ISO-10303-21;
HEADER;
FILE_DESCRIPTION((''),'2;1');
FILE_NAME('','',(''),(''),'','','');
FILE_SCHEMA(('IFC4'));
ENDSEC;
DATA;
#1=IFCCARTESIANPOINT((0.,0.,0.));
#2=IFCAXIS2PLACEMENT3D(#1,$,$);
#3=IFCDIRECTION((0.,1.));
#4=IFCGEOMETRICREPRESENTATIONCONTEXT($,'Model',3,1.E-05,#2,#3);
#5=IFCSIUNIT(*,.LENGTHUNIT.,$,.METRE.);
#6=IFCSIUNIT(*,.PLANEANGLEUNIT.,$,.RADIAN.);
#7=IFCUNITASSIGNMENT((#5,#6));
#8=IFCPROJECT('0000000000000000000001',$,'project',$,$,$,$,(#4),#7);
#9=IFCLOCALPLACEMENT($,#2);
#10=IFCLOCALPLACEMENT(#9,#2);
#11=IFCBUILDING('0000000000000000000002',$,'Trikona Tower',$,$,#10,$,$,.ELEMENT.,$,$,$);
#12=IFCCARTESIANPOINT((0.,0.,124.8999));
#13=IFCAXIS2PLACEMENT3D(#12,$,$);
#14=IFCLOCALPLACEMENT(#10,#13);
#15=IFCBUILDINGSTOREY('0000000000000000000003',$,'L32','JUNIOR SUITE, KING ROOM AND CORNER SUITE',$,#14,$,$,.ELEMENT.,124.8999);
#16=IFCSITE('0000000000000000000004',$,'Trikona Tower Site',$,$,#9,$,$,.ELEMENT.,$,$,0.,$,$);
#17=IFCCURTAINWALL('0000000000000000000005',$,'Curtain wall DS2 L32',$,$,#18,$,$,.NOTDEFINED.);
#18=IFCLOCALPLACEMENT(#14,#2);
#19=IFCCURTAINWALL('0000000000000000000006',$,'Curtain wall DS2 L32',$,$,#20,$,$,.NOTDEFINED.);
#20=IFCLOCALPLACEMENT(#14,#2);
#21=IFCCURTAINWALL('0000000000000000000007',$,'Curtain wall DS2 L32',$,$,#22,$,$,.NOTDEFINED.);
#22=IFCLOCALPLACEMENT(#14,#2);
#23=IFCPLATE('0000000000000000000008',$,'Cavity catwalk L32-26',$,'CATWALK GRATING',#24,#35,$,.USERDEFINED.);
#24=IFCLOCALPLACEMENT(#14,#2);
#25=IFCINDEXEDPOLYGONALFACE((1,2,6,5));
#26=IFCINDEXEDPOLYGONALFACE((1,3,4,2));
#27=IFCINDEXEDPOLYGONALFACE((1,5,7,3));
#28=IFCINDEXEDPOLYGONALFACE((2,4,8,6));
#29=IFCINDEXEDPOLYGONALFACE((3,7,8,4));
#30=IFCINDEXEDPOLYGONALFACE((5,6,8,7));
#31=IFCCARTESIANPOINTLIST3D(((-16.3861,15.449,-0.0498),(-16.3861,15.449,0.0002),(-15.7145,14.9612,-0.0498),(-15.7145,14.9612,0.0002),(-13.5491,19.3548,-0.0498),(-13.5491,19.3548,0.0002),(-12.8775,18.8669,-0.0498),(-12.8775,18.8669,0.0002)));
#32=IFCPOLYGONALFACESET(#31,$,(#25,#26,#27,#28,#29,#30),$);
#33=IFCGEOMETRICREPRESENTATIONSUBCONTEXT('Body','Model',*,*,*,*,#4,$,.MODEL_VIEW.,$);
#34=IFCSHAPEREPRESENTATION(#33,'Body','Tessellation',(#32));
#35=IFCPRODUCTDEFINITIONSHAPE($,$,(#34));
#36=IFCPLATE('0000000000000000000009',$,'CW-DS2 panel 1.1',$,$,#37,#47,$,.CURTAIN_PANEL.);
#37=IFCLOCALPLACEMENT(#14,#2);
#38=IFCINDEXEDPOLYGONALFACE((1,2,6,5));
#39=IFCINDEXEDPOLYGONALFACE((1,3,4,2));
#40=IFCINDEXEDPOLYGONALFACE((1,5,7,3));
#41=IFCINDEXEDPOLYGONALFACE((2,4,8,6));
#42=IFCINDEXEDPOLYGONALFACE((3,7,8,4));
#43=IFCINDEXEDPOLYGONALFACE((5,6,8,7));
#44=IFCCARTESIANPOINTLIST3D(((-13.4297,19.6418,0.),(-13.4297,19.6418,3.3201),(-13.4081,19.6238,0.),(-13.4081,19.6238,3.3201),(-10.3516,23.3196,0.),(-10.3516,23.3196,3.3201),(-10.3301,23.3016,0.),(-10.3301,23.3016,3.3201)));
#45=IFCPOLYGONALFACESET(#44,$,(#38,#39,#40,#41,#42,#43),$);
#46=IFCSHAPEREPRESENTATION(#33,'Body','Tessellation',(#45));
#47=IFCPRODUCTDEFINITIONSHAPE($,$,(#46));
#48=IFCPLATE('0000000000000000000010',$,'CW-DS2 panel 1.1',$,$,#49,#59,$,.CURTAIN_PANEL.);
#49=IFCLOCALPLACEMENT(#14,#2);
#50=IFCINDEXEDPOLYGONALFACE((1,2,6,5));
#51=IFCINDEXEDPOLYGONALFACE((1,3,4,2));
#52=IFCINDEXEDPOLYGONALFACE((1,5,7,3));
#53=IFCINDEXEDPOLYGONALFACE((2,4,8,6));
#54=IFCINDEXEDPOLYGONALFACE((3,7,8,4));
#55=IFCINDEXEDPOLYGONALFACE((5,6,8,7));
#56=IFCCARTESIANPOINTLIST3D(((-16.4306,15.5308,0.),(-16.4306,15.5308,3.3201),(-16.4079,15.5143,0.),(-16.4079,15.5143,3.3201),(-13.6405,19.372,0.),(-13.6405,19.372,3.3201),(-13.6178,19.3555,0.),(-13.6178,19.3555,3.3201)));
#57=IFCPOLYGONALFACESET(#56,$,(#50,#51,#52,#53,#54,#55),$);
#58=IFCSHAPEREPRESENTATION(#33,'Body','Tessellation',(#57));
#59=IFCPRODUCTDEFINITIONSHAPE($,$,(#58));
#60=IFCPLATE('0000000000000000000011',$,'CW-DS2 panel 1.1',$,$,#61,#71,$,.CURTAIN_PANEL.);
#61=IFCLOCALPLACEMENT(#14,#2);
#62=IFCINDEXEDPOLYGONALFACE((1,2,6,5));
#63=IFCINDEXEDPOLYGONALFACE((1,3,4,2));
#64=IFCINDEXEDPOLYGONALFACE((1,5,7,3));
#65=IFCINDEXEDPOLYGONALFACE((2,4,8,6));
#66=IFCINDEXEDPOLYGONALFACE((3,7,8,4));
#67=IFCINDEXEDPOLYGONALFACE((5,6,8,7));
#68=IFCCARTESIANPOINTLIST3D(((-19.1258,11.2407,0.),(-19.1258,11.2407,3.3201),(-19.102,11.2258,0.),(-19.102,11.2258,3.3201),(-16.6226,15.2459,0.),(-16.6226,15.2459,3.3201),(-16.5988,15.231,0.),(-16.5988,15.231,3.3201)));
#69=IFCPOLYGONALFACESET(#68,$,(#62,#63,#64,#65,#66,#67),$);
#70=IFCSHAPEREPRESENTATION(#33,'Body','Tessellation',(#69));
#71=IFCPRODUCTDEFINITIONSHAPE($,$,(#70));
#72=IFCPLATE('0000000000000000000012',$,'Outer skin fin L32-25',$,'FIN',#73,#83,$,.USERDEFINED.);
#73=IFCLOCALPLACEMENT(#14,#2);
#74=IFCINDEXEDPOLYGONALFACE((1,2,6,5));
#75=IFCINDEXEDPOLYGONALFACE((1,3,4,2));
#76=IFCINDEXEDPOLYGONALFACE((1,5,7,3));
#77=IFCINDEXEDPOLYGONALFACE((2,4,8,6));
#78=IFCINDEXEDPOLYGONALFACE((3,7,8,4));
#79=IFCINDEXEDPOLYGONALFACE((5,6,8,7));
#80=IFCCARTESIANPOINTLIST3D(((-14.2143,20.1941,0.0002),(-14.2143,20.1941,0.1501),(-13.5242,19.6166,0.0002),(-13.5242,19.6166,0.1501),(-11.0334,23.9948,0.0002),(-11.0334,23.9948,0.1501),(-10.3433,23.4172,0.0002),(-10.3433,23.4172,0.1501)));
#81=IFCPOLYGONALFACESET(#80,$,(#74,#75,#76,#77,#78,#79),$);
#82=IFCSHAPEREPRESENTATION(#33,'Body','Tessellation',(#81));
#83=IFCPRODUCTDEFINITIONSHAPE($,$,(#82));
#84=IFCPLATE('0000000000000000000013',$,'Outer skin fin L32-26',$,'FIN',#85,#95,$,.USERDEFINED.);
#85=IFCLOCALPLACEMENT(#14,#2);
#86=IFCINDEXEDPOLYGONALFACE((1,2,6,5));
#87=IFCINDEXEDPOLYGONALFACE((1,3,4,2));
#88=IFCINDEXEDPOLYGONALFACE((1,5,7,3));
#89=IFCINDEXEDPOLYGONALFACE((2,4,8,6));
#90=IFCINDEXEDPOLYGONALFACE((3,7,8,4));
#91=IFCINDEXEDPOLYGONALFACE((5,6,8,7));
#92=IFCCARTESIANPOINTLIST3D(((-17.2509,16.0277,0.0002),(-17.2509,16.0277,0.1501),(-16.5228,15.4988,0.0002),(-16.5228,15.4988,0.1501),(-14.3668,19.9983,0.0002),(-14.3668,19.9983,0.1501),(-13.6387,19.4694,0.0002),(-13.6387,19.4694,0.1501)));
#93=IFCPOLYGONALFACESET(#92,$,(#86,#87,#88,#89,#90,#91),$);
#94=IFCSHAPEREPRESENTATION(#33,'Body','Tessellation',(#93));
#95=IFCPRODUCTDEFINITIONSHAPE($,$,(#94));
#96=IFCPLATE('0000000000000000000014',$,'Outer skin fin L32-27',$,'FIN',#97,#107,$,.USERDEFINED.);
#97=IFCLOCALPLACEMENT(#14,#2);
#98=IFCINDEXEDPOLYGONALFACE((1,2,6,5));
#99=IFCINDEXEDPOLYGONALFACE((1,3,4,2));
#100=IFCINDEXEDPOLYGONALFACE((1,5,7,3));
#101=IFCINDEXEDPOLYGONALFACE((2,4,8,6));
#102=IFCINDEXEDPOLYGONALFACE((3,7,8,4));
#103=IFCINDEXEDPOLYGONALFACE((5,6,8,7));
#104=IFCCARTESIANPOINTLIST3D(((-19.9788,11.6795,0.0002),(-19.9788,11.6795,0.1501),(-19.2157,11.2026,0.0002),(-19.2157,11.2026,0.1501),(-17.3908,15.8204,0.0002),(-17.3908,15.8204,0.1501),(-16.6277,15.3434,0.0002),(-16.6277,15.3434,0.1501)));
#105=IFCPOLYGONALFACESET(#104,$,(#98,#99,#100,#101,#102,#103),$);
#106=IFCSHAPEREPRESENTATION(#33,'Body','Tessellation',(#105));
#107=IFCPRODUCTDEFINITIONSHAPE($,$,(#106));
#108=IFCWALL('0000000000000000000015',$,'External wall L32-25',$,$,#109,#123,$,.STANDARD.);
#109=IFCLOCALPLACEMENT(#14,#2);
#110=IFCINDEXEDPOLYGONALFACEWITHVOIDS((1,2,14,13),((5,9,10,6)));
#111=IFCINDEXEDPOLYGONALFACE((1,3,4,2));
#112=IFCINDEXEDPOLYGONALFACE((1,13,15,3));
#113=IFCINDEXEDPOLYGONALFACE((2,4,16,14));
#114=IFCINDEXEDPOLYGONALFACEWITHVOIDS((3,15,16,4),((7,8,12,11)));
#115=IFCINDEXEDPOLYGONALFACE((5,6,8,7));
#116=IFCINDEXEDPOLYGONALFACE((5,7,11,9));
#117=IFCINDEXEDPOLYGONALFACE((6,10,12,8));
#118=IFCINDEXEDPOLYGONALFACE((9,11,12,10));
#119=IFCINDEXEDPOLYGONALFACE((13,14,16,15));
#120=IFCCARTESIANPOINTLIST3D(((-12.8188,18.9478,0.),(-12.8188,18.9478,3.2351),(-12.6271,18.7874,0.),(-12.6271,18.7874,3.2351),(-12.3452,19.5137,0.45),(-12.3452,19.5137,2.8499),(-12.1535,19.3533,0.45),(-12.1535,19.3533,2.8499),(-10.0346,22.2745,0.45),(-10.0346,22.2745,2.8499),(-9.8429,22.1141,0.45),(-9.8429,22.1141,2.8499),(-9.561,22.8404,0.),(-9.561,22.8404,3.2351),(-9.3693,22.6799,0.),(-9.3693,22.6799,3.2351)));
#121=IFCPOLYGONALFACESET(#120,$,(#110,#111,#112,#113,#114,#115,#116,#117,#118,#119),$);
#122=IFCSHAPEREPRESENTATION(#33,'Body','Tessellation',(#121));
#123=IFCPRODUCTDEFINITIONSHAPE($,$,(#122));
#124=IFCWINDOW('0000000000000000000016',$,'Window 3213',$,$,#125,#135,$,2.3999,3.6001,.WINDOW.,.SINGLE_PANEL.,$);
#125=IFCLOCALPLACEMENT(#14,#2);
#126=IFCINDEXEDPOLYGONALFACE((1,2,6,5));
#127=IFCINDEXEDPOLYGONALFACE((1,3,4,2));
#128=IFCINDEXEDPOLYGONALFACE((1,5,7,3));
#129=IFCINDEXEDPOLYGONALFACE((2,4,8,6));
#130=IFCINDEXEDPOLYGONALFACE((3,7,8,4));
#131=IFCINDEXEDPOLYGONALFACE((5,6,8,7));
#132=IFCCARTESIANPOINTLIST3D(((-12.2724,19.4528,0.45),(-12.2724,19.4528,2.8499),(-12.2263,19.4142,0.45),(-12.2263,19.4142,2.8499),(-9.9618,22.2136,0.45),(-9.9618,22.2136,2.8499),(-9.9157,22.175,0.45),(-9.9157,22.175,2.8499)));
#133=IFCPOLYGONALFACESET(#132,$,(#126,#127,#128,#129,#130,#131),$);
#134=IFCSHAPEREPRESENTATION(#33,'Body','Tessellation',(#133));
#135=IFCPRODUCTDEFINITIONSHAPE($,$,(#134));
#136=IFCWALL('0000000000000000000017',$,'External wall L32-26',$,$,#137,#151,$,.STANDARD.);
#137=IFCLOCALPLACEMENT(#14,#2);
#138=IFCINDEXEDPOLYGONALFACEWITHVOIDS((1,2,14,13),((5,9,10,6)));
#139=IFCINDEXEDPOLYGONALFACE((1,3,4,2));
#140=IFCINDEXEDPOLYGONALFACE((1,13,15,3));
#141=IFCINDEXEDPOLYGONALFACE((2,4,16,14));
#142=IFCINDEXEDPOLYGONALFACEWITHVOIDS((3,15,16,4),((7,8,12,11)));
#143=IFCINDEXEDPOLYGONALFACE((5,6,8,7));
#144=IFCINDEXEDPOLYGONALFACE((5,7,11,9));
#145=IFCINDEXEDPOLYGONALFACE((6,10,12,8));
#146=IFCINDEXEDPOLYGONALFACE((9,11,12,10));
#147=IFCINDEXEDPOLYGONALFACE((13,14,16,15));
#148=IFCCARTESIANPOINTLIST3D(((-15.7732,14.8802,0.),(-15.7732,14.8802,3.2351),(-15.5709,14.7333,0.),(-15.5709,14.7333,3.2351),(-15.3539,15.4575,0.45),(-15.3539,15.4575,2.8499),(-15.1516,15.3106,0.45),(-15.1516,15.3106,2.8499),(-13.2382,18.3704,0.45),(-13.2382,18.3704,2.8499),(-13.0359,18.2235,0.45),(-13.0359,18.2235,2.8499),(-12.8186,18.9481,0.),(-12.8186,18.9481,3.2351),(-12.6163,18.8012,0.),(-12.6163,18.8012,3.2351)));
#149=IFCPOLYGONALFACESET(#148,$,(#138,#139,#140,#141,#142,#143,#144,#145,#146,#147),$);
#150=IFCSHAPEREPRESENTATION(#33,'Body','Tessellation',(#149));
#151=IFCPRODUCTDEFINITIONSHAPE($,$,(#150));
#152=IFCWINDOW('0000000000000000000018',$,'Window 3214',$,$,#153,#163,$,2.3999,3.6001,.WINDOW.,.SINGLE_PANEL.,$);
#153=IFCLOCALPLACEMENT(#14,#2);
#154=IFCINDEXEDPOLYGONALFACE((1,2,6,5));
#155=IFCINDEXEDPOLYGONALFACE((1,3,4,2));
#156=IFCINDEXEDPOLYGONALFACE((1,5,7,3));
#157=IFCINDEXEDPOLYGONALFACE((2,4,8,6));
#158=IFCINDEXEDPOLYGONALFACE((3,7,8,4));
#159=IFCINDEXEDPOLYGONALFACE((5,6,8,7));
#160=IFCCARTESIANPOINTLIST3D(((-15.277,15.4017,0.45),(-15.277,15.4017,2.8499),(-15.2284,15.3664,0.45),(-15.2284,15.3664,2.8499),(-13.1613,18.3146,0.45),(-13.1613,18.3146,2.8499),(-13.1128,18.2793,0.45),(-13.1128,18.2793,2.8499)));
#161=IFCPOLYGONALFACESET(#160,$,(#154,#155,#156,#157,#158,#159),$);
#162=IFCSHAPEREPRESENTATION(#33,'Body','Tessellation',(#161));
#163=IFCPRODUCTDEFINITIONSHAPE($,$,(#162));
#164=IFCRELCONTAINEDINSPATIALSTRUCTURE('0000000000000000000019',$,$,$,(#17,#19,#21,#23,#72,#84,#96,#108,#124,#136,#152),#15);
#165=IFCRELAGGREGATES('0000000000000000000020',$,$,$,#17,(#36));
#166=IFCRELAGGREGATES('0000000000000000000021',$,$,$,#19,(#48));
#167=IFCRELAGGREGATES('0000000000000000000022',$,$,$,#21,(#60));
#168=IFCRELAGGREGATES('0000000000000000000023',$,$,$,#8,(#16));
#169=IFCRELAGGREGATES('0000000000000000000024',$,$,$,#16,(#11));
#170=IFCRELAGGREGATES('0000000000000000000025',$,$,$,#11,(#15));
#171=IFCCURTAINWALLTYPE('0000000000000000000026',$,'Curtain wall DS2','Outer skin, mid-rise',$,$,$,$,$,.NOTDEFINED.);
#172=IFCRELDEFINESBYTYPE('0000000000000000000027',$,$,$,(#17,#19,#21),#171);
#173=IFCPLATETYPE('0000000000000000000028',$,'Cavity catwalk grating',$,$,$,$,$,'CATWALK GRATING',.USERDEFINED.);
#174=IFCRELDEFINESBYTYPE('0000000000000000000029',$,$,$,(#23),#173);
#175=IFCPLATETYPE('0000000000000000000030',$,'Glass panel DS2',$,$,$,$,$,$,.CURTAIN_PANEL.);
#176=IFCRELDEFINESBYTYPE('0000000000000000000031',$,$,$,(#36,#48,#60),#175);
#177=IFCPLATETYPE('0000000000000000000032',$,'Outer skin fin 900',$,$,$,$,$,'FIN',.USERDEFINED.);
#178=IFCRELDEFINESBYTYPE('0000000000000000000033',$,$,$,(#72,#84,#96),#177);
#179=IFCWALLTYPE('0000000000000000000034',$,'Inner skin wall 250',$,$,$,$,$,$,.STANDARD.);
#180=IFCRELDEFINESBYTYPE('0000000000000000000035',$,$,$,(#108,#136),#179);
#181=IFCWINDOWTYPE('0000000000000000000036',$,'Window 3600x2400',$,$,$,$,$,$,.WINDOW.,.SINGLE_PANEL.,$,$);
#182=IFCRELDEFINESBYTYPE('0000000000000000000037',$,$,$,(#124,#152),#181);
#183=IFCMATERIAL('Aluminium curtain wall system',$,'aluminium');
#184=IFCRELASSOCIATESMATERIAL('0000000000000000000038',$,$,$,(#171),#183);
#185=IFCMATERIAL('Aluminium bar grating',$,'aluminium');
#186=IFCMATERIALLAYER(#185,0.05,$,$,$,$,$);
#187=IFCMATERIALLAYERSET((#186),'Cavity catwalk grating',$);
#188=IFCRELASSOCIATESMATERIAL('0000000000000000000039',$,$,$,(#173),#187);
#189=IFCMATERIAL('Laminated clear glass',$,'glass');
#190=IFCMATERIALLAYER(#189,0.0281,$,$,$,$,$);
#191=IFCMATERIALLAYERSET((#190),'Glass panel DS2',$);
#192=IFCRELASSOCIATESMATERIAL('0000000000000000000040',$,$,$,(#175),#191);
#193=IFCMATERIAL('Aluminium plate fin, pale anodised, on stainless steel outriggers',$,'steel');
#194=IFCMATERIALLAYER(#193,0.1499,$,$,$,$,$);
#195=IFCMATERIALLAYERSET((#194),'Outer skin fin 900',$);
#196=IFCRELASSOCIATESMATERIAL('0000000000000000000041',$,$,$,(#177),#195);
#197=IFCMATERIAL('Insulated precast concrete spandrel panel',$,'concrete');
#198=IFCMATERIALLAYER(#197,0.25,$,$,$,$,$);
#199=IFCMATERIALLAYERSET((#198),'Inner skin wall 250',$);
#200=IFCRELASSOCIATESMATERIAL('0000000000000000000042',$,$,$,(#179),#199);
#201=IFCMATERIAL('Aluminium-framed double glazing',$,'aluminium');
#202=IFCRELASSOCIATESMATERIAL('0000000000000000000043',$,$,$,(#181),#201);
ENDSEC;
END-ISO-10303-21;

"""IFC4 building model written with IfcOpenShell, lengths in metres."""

from ifc_helpers import new_model, si_unit, direction, frame, frame_2d, origin, origin_2d, place, context, subcontext, project, spatial, rectangle, extrude, material, layer, layer_set, type_object, element, fill, aggregate, save


model = new_model("IFC4")

# Units and contexts
model_context = context("Model", 3, precision=1e-05, world=origin(), true_north=direction((0.0, 1.0)))
body_context = subcontext(model_context, "Body", "Model", "MODEL_VIEW")
ifc_project = project(units=[si_unit("LENGTHUNIT", "METRE"), si_unit("PLANEANGLEUNIT", "RADIAN")], contexts=[model_context])

# Site, building, storey
site_placement = place(None, origin())
site = spatial("IfcSite", under=ifc_project, at=site_placement, Name="Trikona Tower Site", CompositionType="ELEMENT", RefElevation=0.0)
building_placement = place(site_placement, origin())
building = spatial("IfcBuilding", under=site, at=building_placement, Name="Trikona Tower", CompositionType="ELEMENT")
storey_placement = place(building_placement, frame((0.0, 0.0, 124.8999)))
storey = spatial("IfcBuildingStorey", under=building, at=storey_placement, Name="L32", Description="JUNIOR SUITE, KING ROOM AND CORNER SUITE", CompositionType="ELEMENT", Elevation=124.8999)

# Shared definitions
ifc_material_1 = material(Name="Aluminium curtain wall system", Category="aluminium")
curtain_wall_type = type_object("IfcCurtainWallType", Name="Curtain wall DS2", Description="Outer skin, mid-rise", PredefinedType="NOTDEFINED", material=ifc_material_1)

# Curtain walls
curtain_wall_1_placement = place(storey_placement, origin())
curtain_wall_1 = element("IfcCurtainWall", 1, at=curtain_wall_1_placement, inside=storey, type_object=curtain_wall_type, Name="Curtain wall DS2 L32", PredefinedType="NOTDEFINED")
curtain_wall_2_placement = place(storey_placement, origin())
curtain_wall_2 = element("IfcCurtainWall", 2, at=curtain_wall_2_placement, inside=storey, type_object=curtain_wall_type, Name="Curtain wall DS2 L32", PredefinedType="NOTDEFINED")

# Curtain wall
curtain_wall_3_placement = place(storey_placement, origin())
curtain_wall_3 = element("IfcCurtainWall", 3, at=curtain_wall_3_placement, inside=storey, type_object=curtain_wall_type, Name="Curtain wall DS2 L32", PredefinedType="NOTDEFINED")

# Plate
ifc_material_2 = material(Name="Aluminium bar grating", Category="aluminium")
ifc_layer_1 = layer(ifc_material_2, 0.05)
ifc_layer_set_1 = layer_set([ifc_layer_1], Name="Cavity catwalk grating")
plate_type_1 = type_object("IfcPlateType", Name="Cavity catwalk grating", ElementType="CATWALK GRATING", PredefinedType="USERDEFINED", material=ifc_layer_set_1)
plate_1_placement = place(storey_placement, frame((-14.6318, 17.158, -0.0498), z_axis=(0.0, 0.0, 1.0), x_axis=(-0.587686, -0.809089, 0.0)))
element("IfcPlate", 4, at=plate_1_placement, inside=storey, type_object=plate_type_1, Name="Cavity catwalk L32-26", ObjectType="CATWALK GRATING", PredefinedType="USERDEFINED", context=body_context, shape_type="SweptSolid", body=[
    extrude(rectangle(XDim=4.8274, YDim=0.8301, at=origin_2d()), origin(), (0.0, 0.0, 1.0), 0.05),
])

# Plates
ifc_material_3 = material(Name="Laminated clear glass", Category="glass")
ifc_layer_2 = layer(ifc_material_3, 0.0281)
ifc_layer_set_2 = layer_set([ifc_layer_2], Name="Glass panel DS2")
plate_type_2 = type_object("IfcPlateType", Name="Glass panel DS2", PredefinedType="CURTAIN_PANEL", material=ifc_layer_set_2)
plate_2_placement = place(storey_placement, frame((-11.8799, 21.4717, 0.0), z_axis=(0.0, 0.0, 1.0), x_axis=(-0.641806, -0.766867, 0.0)))
plate_2 = element("IfcPlate", 5, at=plate_2_placement, type_object=plate_type_2, Name="CW-DS2 panel 1.1", PredefinedType="CURTAIN_PANEL", context=body_context, shape_type="SweptSolid", body=[
    extrude(rectangle(XDim=4.7959, YDim=0.0281, at=origin_2d()), origin(), (0.0, 0.0, 1.0), 3.3201),
])
aggregate(curtain_wall_1, [plate_2])
plate_3_placement = place(storey_placement, frame((-15.0242, 17.4431, 0.0), z_axis=(0.0, 0.0, 1.0), x_axis=(-0.587691, -0.809086, 0.0)))
plate_3 = element("IfcPlate", 6, at=plate_3_placement, type_object=plate_type_2, Name="CW-DS2 panel 1.1", PredefinedType="CURTAIN_PANEL", context=body_context, shape_type="SweptSolid", body=[
    extrude(rectangle(XDim=4.7476, YDim=0.0281, at=origin_2d()), origin(), (0.0, 0.0, 1.0), 3.3201),
])
aggregate(curtain_wall_2, [plate_3])
plate_4_placement = place(storey_placement, frame((-17.8623, 13.2358, 0.0), z_axis=(0.0, 0.0, 1.0), x_axis=(-0.529999, -0.847998, 0.0)))
plate_4 = element("IfcPlate", 7, at=plate_4_placement, type_object=plate_type_2, Name="CW-DS2 panel 1.1", PredefinedType="CURTAIN_PANEL", context=body_context, shape_type="SweptSolid", body=[
    extrude(rectangle(XDim=4.7231, YDim=0.0281, at=origin_2d()), origin(), (0.0, 0.0, 1.0), 3.3201),
])
aggregate(curtain_wall_3, [plate_4])

# Plates
ifc_material_4 = material(Name="Aluminium plate fin, pale anodised, on stainless steel outriggers", Category="steel")
ifc_layer_3 = layer(ifc_material_4, 0.1499)
ifc_layer_set_3 = layer_set([ifc_layer_3], Name="Outer skin fin 900")
plate_type_3 = type_object("IfcPlateType", Name="Outer skin fin 900", ElementType="FIN", PredefinedType="USERDEFINED", material=ifc_layer_set_3)
plate_5_placement = place(storey_placement, frame((-12.2788, 21.8057, 0.0002), z_axis=(0.0, 0.0, 1.0), x_axis=(-0.641807, -0.766866, 0.0)))
element("IfcPlate", 8, at=plate_5_placement, inside=storey, type_object=plate_type_3, Name="Outer skin fin L32-25", ObjectType="FIN", PredefinedType="USERDEFINED", context=body_context, shape_type="SweptSolid", body=[
    extrude(rectangle(XDim=4.9561, YDim=0.8999, at=origin_2d()), origin(), (0.0, 0.0, 1.0), 0.1499),
])
plate_6_placement = place(storey_placement, frame((-15.4448, 17.7485, 0.0002), z_axis=(0.0, 0.0, 1.0), x_axis=(-0.587686, -0.809089, 0.0)))
element("IfcPlate", 9, at=plate_6_placement, inside=storey, type_object=plate_type_3, Name="Outer skin fin L32-26", ObjectType="FIN", PredefinedType="USERDEFINED", context=body_context, shape_type="SweptSolid", body=[
    extrude(rectangle(XDim=4.9075, YDim=0.8999, at=origin_2d()), origin(), (0.0, 0.0, 1.0), 0.1499),
])
plate_7_placement = place(storey_placement, frame((-18.3032, 13.5115, 0.0002), z_axis=(0.0, 0.0, 1.0), x_axis=(-0.529995, -0.848001, 0.0)))
element("IfcPlate", 10, at=plate_7_placement, inside=storey, type_object=plate_type_3, Name="Outer skin fin L32-27", ObjectType="FIN", PredefinedType="USERDEFINED", context=body_context, shape_type="SweptSolid", body=[
    extrude(rectangle(XDim=4.8831, YDim=0.8999, at=origin_2d()), origin(), (0.0, 0.0, 1.0), 0.1499),
])

# Walls, openings, windows
ifc_material_5 = material(Name="Insulated precast concrete spandrel panel", Category="concrete")
ifc_layer_4 = layer(ifc_material_5, 0.25)
ifc_layer_set_4 = layer_set([ifc_layer_4], Name="Inner skin wall 250")
wall_type = type_object("IfcWallType", Name="Inner skin wall 250", PredefinedType="STANDARD", material=ifc_layer_set_4)
wall_1_placement = place(storey_placement, frame((-9.4651, 22.7603, 0.0), z_axis=(0.0, 0.0, 1.0), x_axis=(-0.64181, -0.766863, 0.0)))
wall_1 = element("IfcWall", 11, at=wall_1_placement, inside=storey, type_object=wall_type, Name="External wall L32-25", PredefinedType="STANDARD", context=body_context, shape_type="SweptSolid", body=[
    extrude(rectangle(XDim=5.0759, YDim=0.25, at=frame_2d((2.5381, 0.0))), origin(), (0.0, 0.0, 1.0), 3.2351),
])
opening_1_placement = place(wall_1_placement, frame((0.738, 0.0, 0.45)))
opening_1 = element("IfcOpeningElement", 12, at=opening_1_placement, cuts=wall_1, PredefinedType="OPENING", context=body_context, shape_type="SweptSolid", body=[
    extrude(rectangle(XDim=3.6001, YDim=2.3999, at=frame_2d((1.8, 1.2))), frame((0.0, 0.135, 0.0), z_axis=(0.0, -1.0, 0.0), x_axis=(1.0, 0.0, 0.0)), (0.0, 0.0, 1.0), 0.27),
])
ifc_material_6 = material(Name="Aluminium-framed double glazing", Category="aluminium")
window_type = type_object("IfcWindowType", Name="Window 3600x2400", PartitioningType="SINGLE_PANEL", PredefinedType="WINDOW", material=ifc_material_6)
window_1_placement = place(opening_1_placement, origin())
window_1 = element("IfcWindow", 13, at=window_1_placement, inside=storey, type_object=window_type, Name="Window 3213", OverallHeight=2.3999, OverallWidth=3.6001, PartitioningType="SINGLE_PANEL", PredefinedType="WINDOW", context=body_context, shape_type="SweptSolid", body=[
    extrude(rectangle(XDim=3.6001, YDim=2.3999, at=frame_2d((1.8, 1.2))), frame((0.0, 0.03, 0.0), z_axis=(0.0, -1.0, 0.0), x_axis=(1.0, 0.0, 0.0)), (0.0, 0.0, 1.0), 0.0601),
])
fill(opening_1, window_1)
wall_2_placement = place(storey_placement, frame((-12.7175, 18.8745, 0.0), z_axis=(0.0, 0.0, 1.0), x_axis=(-0.587669, -0.809101, 0.0)))
wall_2 = element("IfcWall", 14, at=wall_2_placement, inside=storey, type_object=wall_type, Name="External wall L32-26", PredefinedType="STANDARD", context=body_context, shape_type="SweptSolid", body=[
    extrude(rectangle(XDim=5.0276, YDim=0.25, at=frame_2d((2.5137, 0.0))), origin(), (0.0, 0.0, 1.0), 3.2351),
])
opening_2_placement = place(wall_2_placement, frame((0.7139, 0.0, 0.45)))
opening_2 = element("IfcOpeningElement", 15, at=opening_2_placement, cuts=wall_2, PredefinedType="OPENING", context=body_context, shape_type="SweptSolid", body=[
    extrude(rectangle(XDim=3.6001, YDim=2.3999, at=frame_2d((1.8, 1.2))), frame((0.0, 0.135, 0.0), z_axis=(0.0, -1.0, 0.0), x_axis=(1.0, 0.0, 0.0)), (0.0, 0.0, 1.0), 0.27),
])
window_2_placement = place(opening_2_placement, origin())
window_2 = element("IfcWindow", 16, at=window_2_placement, inside=storey, type_object=window_type, Name="Window 3214", OverallHeight=2.3999, OverallWidth=3.6001, PartitioningType="SINGLE_PANEL", PredefinedType="WINDOW", context=body_context, shape_type="SweptSolid", body=[
    extrude(rectangle(XDim=3.6001, YDim=2.3999, at=frame_2d((1.8, 1.2))), frame((0.0, 0.03, 0.0), z_axis=(0.0, -1.0, 0.0), x_axis=(1.0, 0.0, 0.0)), (0.0, 0.0, 1.0), 0.0601),
])
fill(opening_2, window_2)

save(model, "model.ifc")
